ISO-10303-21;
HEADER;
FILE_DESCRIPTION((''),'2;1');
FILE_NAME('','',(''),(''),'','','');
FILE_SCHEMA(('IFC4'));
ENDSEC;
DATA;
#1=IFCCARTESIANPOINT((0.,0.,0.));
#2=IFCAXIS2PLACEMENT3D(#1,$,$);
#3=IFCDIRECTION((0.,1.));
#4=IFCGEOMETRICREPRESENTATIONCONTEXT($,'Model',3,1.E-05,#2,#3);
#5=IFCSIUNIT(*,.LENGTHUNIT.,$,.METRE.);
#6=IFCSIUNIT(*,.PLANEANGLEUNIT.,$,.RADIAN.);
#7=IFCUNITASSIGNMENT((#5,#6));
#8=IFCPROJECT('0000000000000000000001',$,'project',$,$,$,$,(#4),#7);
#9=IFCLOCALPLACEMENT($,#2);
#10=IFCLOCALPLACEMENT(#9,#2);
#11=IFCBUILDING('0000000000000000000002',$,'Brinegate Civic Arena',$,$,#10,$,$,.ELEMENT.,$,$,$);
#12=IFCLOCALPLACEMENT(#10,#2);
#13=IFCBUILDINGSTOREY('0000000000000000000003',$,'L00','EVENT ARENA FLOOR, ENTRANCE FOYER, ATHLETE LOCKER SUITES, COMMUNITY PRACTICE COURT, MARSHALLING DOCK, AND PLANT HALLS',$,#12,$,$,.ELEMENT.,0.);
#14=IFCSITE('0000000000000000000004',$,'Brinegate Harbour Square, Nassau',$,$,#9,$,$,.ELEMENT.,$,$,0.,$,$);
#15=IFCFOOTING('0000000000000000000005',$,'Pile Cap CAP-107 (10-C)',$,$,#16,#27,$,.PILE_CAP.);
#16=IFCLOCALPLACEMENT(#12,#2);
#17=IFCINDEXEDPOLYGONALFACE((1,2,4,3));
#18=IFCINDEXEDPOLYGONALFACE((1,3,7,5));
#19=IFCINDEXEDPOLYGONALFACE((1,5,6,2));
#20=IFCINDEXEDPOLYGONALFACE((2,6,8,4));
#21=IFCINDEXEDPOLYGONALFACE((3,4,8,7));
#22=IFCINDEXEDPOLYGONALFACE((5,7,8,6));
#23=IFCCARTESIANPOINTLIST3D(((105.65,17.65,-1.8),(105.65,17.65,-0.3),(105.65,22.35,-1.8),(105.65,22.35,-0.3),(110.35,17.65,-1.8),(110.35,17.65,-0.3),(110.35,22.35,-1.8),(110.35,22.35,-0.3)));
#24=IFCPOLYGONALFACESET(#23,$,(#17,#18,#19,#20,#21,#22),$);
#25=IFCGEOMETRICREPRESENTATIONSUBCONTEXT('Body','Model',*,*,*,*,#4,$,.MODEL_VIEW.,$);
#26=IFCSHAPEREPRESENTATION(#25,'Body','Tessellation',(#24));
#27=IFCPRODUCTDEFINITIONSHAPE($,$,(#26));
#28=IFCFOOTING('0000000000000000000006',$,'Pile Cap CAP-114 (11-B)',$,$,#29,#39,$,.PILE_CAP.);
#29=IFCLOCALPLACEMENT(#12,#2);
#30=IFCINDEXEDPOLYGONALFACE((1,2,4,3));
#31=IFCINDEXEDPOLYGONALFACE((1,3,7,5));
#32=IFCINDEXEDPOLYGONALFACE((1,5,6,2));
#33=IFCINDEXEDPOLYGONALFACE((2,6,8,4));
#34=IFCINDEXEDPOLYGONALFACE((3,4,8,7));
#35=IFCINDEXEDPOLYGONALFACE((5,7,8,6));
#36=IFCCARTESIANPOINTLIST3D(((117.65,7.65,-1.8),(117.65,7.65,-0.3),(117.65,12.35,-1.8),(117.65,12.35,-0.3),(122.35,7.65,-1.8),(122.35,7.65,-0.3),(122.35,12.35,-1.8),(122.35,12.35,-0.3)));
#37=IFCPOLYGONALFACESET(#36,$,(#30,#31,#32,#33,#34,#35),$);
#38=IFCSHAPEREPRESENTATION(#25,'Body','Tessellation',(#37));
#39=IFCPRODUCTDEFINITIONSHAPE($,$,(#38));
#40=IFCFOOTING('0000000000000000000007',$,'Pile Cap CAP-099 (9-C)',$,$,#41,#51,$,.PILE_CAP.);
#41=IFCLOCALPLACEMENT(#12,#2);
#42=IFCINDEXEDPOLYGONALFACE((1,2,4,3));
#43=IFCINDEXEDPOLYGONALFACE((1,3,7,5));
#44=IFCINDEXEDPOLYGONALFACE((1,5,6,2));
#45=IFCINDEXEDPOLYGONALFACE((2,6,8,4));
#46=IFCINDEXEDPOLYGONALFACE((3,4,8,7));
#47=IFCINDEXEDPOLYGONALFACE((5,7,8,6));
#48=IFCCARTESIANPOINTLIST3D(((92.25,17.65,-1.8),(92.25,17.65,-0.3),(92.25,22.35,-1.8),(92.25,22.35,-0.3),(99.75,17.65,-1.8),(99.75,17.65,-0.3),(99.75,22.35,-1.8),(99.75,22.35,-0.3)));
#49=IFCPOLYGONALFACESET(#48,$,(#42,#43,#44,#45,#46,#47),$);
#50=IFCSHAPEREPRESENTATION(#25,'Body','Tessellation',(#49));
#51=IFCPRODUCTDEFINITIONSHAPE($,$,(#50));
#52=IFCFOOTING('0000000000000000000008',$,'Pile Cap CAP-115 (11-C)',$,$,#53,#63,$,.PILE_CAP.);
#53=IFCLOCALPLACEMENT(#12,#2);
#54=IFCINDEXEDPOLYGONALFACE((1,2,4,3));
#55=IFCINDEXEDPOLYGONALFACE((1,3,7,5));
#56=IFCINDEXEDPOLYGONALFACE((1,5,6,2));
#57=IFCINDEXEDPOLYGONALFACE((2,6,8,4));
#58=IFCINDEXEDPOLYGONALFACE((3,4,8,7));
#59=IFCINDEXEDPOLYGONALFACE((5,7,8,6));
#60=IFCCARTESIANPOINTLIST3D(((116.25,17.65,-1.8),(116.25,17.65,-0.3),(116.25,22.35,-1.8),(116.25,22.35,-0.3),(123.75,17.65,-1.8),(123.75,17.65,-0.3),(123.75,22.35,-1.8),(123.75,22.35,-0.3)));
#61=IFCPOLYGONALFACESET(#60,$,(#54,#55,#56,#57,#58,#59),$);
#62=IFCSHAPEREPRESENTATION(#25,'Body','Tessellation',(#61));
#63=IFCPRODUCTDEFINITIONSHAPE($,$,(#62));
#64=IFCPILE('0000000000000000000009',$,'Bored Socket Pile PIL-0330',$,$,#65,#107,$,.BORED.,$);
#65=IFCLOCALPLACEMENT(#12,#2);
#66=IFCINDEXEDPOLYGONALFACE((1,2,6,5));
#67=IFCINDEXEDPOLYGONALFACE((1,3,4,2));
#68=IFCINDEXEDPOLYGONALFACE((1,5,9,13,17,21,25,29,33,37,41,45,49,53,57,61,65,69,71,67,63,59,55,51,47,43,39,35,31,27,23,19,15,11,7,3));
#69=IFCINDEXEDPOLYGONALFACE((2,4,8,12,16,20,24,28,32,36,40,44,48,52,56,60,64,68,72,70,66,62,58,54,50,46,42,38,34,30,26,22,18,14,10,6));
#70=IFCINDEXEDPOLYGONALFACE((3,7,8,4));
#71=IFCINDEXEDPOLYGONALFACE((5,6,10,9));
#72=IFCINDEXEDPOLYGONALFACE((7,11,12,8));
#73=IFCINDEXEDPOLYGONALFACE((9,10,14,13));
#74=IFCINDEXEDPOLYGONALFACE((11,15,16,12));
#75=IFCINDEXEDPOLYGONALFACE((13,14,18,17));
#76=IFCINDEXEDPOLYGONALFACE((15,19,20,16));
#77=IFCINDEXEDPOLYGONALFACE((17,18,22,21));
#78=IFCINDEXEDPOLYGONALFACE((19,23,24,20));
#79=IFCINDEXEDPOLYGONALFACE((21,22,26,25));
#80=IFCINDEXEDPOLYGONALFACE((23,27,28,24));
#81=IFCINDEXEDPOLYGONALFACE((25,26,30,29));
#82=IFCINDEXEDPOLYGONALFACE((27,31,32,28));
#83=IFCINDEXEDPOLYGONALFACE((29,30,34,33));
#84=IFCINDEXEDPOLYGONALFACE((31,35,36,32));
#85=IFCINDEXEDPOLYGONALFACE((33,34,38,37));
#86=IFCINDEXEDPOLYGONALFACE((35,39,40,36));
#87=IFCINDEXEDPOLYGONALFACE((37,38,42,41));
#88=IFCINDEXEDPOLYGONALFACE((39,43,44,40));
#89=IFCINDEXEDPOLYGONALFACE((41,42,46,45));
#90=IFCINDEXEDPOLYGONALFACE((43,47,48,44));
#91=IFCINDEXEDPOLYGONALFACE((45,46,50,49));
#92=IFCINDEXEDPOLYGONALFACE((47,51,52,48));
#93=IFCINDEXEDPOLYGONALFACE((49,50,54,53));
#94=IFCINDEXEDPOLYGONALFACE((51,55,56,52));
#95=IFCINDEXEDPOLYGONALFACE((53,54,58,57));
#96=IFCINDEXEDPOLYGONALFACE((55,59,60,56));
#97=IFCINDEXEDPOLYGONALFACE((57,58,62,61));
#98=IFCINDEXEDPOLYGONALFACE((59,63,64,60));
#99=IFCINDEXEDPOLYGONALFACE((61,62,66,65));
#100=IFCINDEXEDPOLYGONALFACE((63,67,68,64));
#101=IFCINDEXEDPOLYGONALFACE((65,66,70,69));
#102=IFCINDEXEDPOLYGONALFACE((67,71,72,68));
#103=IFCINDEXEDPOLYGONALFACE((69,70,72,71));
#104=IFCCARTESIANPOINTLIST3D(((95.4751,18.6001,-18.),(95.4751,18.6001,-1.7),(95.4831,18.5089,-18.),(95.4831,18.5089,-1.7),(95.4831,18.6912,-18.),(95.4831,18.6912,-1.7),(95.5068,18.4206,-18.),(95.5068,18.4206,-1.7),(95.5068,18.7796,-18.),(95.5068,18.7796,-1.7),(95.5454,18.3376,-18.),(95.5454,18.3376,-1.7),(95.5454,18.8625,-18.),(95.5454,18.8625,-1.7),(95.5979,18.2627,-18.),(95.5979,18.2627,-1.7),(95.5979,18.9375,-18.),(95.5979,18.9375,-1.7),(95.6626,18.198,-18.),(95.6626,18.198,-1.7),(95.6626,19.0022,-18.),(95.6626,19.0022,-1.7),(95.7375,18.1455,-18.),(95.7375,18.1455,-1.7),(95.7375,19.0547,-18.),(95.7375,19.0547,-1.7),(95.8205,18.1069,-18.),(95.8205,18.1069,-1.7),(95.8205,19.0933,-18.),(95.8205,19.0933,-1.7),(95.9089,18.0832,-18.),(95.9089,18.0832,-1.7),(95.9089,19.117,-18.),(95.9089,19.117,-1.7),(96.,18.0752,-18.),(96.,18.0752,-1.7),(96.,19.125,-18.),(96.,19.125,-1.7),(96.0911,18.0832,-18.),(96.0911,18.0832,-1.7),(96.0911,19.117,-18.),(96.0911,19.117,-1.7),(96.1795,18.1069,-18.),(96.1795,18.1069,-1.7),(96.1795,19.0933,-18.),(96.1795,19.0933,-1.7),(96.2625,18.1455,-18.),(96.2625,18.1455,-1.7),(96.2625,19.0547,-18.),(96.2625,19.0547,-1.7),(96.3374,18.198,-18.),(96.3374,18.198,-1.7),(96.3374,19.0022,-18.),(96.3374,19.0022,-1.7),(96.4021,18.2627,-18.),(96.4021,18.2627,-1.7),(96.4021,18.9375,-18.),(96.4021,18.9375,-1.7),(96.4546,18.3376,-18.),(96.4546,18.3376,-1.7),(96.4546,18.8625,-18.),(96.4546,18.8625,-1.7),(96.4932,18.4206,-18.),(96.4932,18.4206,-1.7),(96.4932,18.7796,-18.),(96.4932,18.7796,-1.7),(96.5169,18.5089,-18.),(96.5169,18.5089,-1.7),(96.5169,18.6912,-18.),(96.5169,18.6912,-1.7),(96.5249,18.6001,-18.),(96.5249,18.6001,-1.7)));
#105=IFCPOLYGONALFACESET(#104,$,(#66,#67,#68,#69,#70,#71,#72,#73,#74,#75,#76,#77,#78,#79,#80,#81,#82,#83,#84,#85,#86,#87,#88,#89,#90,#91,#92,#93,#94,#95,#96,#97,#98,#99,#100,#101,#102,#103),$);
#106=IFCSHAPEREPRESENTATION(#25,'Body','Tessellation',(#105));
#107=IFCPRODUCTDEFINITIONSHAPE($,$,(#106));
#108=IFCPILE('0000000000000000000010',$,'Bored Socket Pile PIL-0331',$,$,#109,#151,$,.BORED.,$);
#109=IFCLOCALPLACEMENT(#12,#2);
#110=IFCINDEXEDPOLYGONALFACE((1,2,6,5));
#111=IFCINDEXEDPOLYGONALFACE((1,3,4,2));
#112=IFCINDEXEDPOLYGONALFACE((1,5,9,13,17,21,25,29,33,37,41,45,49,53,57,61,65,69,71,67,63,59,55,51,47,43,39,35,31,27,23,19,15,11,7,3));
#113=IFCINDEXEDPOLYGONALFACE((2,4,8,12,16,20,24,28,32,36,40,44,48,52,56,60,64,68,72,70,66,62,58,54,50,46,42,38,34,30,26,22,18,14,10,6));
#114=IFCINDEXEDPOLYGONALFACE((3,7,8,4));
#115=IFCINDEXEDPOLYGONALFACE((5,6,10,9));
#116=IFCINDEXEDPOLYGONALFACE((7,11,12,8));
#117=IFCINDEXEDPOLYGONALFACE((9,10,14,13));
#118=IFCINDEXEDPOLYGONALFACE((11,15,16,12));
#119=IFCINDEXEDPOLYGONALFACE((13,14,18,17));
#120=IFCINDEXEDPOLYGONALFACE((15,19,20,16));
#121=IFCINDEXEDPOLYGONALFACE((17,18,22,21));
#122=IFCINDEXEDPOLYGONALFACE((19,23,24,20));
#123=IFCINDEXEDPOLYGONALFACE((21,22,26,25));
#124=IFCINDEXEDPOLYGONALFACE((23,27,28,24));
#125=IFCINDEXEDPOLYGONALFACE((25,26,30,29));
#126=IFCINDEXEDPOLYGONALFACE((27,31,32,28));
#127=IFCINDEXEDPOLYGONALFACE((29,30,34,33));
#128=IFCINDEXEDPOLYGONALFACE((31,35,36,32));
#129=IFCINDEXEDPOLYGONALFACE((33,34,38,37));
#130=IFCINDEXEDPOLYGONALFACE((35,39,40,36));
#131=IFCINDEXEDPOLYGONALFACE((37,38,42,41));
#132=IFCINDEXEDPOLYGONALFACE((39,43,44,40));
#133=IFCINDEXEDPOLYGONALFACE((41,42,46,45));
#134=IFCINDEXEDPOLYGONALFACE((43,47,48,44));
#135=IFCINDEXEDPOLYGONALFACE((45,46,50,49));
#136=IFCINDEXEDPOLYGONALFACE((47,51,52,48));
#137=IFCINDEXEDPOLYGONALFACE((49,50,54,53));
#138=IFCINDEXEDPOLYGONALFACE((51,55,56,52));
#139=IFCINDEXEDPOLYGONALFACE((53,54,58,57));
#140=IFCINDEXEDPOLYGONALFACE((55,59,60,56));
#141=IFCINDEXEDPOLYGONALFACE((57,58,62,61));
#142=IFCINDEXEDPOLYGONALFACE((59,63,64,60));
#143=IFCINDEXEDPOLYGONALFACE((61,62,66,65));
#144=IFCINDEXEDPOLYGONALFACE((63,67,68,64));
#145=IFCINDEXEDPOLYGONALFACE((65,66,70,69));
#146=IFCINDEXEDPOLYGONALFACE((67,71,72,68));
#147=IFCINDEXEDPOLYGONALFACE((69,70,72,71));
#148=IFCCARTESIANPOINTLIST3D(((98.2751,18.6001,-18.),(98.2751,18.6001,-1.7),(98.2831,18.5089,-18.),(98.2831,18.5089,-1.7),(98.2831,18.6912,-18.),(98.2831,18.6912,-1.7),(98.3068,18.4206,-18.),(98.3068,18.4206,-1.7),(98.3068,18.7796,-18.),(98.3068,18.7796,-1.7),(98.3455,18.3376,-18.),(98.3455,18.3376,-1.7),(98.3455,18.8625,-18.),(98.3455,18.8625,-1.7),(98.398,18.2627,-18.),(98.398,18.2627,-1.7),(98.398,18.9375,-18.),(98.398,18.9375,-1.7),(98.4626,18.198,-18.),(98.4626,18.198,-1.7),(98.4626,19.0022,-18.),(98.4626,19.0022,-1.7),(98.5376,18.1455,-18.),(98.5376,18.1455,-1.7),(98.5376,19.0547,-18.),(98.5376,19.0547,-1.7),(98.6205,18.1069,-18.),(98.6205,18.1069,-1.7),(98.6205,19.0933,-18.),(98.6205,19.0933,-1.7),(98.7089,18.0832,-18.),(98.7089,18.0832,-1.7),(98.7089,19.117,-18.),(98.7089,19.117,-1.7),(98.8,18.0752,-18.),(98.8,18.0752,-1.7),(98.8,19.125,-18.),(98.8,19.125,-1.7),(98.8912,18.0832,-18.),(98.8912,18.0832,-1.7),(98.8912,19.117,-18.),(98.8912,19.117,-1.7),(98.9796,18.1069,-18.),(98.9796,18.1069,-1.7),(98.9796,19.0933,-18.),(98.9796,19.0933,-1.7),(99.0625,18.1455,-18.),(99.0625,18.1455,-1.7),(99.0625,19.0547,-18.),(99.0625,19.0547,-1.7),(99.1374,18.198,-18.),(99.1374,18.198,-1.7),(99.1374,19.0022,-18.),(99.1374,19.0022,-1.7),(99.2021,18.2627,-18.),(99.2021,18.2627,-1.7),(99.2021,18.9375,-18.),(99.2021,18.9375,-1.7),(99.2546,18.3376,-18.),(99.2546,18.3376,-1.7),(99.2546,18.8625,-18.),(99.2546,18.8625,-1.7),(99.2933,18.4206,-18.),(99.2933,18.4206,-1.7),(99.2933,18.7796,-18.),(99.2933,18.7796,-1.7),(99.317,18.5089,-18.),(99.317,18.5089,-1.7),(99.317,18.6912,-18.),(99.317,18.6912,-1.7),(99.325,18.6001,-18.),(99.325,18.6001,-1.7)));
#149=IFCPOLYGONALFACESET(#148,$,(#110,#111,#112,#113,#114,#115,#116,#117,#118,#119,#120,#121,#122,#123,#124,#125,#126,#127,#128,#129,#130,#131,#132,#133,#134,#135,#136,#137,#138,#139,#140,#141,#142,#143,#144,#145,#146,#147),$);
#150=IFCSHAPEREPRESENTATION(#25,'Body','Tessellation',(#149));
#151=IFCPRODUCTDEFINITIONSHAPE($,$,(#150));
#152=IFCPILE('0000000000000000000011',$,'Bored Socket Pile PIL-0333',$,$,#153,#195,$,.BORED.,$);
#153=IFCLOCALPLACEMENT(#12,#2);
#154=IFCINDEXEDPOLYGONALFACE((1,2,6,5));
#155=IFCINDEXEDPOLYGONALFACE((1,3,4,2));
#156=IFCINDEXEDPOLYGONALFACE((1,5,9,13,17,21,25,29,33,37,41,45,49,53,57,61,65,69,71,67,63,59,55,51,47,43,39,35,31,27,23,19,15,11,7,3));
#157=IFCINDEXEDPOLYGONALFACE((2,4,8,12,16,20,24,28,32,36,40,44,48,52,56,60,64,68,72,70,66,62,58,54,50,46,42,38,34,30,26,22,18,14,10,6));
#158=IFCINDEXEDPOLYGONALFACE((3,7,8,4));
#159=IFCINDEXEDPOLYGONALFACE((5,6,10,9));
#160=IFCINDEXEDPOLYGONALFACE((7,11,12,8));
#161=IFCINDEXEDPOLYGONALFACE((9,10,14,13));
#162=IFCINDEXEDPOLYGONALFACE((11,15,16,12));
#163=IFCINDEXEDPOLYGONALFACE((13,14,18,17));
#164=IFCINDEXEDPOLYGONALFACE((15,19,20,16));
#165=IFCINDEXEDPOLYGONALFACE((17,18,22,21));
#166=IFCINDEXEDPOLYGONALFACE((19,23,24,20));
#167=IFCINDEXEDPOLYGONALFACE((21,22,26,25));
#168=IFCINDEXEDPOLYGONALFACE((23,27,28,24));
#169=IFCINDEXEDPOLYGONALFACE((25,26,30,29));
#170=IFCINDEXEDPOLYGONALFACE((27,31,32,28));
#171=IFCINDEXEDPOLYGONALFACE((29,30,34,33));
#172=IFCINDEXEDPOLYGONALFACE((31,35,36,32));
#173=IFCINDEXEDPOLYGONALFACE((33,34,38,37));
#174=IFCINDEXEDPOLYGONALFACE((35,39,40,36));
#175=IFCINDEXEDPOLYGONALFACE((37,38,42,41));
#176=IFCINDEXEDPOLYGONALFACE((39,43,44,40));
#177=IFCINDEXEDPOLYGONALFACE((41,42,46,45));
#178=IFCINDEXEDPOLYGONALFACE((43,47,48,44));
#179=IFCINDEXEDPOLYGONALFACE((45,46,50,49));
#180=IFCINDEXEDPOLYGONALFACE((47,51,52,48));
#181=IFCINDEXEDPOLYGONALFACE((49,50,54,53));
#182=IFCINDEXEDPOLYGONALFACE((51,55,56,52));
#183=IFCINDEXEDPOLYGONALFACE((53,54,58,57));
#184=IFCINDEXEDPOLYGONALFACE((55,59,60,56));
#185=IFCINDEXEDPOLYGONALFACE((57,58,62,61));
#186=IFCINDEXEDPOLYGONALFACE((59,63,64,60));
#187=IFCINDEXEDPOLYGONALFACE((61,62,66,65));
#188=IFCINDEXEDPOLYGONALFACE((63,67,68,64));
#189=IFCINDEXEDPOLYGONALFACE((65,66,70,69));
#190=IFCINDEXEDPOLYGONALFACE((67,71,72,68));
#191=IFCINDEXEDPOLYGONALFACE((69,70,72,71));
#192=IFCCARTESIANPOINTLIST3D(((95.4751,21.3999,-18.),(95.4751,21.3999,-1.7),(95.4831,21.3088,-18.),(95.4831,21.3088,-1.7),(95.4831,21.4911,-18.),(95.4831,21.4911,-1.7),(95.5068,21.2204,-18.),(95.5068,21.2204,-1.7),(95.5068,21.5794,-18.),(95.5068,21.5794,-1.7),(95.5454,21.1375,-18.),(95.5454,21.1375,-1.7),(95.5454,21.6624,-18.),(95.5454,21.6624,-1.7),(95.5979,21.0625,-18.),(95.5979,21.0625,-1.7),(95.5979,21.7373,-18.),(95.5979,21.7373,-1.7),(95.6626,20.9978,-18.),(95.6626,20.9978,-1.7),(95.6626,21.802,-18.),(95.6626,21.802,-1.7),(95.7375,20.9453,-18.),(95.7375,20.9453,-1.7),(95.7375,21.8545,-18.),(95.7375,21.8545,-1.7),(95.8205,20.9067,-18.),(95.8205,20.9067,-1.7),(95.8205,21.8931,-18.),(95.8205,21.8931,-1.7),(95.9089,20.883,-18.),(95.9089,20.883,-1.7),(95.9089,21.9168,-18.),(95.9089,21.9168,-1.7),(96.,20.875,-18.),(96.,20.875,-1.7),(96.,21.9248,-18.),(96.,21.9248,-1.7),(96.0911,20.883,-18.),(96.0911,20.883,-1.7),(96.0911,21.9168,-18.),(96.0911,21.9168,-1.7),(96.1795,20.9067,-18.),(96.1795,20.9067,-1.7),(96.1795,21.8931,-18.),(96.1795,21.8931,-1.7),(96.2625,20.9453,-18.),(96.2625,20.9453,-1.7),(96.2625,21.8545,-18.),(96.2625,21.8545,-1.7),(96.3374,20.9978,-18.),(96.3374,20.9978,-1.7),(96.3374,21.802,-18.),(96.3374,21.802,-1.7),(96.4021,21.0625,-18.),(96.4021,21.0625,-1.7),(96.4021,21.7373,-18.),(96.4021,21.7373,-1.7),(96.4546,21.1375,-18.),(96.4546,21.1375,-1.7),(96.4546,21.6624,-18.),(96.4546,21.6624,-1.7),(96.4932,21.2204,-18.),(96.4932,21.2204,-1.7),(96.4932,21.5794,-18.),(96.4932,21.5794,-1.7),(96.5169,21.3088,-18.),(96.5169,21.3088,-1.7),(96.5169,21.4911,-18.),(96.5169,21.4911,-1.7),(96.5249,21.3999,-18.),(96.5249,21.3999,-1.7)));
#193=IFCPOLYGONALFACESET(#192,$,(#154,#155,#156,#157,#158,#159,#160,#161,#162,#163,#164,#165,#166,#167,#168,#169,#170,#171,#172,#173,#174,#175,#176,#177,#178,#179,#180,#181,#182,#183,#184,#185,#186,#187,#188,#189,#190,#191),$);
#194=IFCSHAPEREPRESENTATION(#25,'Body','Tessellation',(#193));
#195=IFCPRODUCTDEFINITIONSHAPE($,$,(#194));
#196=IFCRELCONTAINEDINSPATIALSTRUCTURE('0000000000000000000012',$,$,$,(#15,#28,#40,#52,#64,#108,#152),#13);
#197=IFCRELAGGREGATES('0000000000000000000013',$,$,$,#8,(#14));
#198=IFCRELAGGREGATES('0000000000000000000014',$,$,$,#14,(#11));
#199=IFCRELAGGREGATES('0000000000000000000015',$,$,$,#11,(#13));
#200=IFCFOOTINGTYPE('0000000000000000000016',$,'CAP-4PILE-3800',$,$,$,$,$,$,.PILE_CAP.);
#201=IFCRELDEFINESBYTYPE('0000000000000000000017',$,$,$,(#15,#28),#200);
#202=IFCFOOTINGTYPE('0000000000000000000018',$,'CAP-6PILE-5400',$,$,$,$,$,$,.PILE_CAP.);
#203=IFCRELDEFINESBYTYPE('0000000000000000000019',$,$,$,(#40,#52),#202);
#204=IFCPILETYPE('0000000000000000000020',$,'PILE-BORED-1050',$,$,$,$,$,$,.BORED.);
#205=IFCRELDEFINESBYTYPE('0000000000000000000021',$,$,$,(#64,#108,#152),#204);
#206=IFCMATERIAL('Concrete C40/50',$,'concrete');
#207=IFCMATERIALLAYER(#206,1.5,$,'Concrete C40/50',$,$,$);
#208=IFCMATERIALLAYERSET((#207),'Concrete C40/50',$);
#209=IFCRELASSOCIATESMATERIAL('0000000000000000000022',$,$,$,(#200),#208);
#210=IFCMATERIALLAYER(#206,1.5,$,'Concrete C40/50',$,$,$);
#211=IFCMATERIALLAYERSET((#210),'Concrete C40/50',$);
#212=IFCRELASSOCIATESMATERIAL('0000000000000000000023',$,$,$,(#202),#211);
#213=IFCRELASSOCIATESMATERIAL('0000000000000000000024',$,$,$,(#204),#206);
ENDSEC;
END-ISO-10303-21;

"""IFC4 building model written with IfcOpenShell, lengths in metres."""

from ifc_helpers import new_model, si_unit, direction, frame, origin, origin_2d, place, context, subcontext, project, spatial, rectangle, circle, extrude, material, layer, layer_set, material_profile, profile_set, type_object, element, save


model = new_model("IFC4")

# Units and contexts
model_context = context("Model", 3, precision=1e-05, world=origin(), true_north=direction((0.0, 1.0)))
body_context = subcontext(model_context, "Body", "Model", "MODEL_VIEW")
ifc_project = project(units=[si_unit("LENGTHUNIT", "METRE"), si_unit("PLANEANGLEUNIT", "RADIAN")], contexts=[model_context])

# Site, building, storey
site_placement = place(None, origin())
site = spatial("IfcSite", under=ifc_project, at=site_placement, Name="Brinegate Harbour Square, Nassau", CompositionType="ELEMENT", RefElevation=0.0)
building_placement = place(site_placement, origin())
building = spatial("IfcBuilding", under=site, at=building_placement, Name="Brinegate Civic Arena", CompositionType="ELEMENT")
storey_placement = place(building_placement, origin())
storey = spatial("IfcBuildingStorey", under=building, at=storey_placement, Name="L00", Description="EVENT ARENA FLOOR, ENTRANCE FOYER, ATHLETE LOCKER SUITES, COMMUNITY PRACTICE COURT, MARSHALLING DOCK, AND PLANT HALLS", CompositionType="ELEMENT", Elevation=0.0)

# Footings
ifc_material_1 = material(Name="Concrete C40/50", Category="concrete")
ifc_layer_1 = layer(ifc_material_1, 1.5, Name="Concrete C40/50")
ifc_layer_set_1 = layer_set([ifc_layer_1], Name="Concrete C40/50")
footing_type_1 = type_object("IfcFootingType", Name="CAP-4PILE-3800", PredefinedType="PILE_CAP", material=ifc_layer_set_1)
for number, where, z_axis, x_axis, name in (
    (1, (108.0, 20.0, -1.8), (0.0, 0.0, 1.0), (1.0, 0.0, 0.0), "Pile Cap CAP-107 (10-C)"),
    (2, (120.0, 10.0, -1.8), (0.0, 0.0, 1.0), (1.0, 0.0, 0.0), "Pile Cap CAP-114 (11-B)"),
):
    element("IfcFooting", number, at=place(storey_placement, frame(where, z_axis=z_axis, x_axis=x_axis)), inside=storey, type_object=footing_type_1, Name=name, PredefinedType="PILE_CAP", context=body_context, shape_type="SweptSolid", body=[
        extrude(rectangle(XDim=4.7, YDim=4.7, at=origin_2d()), origin(), (0.0, 0.0, 1.0), 1.5),
    ])
ifc_layer_2 = layer(ifc_material_1, 1.5, Name="Concrete C40/50")
ifc_layer_set_2 = layer_set([ifc_layer_2], Name="Concrete C40/50")
footing_type_2 = type_object("IfcFootingType", Name="CAP-6PILE-5400", PredefinedType="PILE_CAP", material=ifc_layer_set_2)
for number, where, z_axis, x_axis, name in (
    (3, (96.0, 20.0, -1.8), (0.0, 0.0, 1.0), (1.0, 0.0, 0.0), "Pile Cap CAP-099 (9-C)"),
    (4, (120.0, 20.0, -1.8), (0.0, 0.0, 1.0), (1.0, 0.0, 0.0), "Pile Cap CAP-115 (11-C)"),
):
    element("IfcFooting", number, at=place(storey_placement, frame(where, z_axis=z_axis, x_axis=x_axis)), inside=storey, type_object=footing_type_2, Name=name, PredefinedType="PILE_CAP", context=body_context, shape_type="SweptSolid", body=[
        extrude(rectangle(XDim=7.5, YDim=4.7, at=origin_2d()), origin(), (0.0, 0.0, 1.0), 1.5),
    ])

# Piles
ifc_material_profile_1 = material_profile(ifc_material_1, circle(Radius=0.5249, at=origin_2d()), Name="PILED1050")
ifc_profile_set_1 = profile_set([ifc_material_profile_1], Name="Concrete C40/50")
pile_type_1 = type_object("IfcPileType", Name="PILE-BORED-1050", PredefinedType="BORED", material=ifc_profile_set_1)
for number, where, z_axis, x_axis, name in (
    (5, (96.0, 18.6001, -1.7), (0.0, 0.0, -1.0), (1.0, 0.0, 0.0), "Bored Socket Pile PIL-0330"),
    (6, (98.8, 18.6001, -1.7), (0.0, 0.0, -1.0), (1.0, 0.0, 0.0), "Bored Socket Pile PIL-0331"),
    (7, (96.0, 21.3999, -1.7), (0.0, 0.0, -1.0), (1.0, 0.0, 0.0), "Bored Socket Pile PIL-0333"),
):
    element("IfcPile", number, at=place(storey_placement, frame(where, z_axis=z_axis, x_axis=x_axis)), inside=storey, type_object=pile_type_1, Name=name, PredefinedType="BORED", context=body_context, shape_type="SweptSolid", body=[
        extrude(circle(Radius=0.5249, at=origin_2d()), origin(), (0.0, 0.0, 1.0), 16.3),
    ])

save(model, "model.ifc")
